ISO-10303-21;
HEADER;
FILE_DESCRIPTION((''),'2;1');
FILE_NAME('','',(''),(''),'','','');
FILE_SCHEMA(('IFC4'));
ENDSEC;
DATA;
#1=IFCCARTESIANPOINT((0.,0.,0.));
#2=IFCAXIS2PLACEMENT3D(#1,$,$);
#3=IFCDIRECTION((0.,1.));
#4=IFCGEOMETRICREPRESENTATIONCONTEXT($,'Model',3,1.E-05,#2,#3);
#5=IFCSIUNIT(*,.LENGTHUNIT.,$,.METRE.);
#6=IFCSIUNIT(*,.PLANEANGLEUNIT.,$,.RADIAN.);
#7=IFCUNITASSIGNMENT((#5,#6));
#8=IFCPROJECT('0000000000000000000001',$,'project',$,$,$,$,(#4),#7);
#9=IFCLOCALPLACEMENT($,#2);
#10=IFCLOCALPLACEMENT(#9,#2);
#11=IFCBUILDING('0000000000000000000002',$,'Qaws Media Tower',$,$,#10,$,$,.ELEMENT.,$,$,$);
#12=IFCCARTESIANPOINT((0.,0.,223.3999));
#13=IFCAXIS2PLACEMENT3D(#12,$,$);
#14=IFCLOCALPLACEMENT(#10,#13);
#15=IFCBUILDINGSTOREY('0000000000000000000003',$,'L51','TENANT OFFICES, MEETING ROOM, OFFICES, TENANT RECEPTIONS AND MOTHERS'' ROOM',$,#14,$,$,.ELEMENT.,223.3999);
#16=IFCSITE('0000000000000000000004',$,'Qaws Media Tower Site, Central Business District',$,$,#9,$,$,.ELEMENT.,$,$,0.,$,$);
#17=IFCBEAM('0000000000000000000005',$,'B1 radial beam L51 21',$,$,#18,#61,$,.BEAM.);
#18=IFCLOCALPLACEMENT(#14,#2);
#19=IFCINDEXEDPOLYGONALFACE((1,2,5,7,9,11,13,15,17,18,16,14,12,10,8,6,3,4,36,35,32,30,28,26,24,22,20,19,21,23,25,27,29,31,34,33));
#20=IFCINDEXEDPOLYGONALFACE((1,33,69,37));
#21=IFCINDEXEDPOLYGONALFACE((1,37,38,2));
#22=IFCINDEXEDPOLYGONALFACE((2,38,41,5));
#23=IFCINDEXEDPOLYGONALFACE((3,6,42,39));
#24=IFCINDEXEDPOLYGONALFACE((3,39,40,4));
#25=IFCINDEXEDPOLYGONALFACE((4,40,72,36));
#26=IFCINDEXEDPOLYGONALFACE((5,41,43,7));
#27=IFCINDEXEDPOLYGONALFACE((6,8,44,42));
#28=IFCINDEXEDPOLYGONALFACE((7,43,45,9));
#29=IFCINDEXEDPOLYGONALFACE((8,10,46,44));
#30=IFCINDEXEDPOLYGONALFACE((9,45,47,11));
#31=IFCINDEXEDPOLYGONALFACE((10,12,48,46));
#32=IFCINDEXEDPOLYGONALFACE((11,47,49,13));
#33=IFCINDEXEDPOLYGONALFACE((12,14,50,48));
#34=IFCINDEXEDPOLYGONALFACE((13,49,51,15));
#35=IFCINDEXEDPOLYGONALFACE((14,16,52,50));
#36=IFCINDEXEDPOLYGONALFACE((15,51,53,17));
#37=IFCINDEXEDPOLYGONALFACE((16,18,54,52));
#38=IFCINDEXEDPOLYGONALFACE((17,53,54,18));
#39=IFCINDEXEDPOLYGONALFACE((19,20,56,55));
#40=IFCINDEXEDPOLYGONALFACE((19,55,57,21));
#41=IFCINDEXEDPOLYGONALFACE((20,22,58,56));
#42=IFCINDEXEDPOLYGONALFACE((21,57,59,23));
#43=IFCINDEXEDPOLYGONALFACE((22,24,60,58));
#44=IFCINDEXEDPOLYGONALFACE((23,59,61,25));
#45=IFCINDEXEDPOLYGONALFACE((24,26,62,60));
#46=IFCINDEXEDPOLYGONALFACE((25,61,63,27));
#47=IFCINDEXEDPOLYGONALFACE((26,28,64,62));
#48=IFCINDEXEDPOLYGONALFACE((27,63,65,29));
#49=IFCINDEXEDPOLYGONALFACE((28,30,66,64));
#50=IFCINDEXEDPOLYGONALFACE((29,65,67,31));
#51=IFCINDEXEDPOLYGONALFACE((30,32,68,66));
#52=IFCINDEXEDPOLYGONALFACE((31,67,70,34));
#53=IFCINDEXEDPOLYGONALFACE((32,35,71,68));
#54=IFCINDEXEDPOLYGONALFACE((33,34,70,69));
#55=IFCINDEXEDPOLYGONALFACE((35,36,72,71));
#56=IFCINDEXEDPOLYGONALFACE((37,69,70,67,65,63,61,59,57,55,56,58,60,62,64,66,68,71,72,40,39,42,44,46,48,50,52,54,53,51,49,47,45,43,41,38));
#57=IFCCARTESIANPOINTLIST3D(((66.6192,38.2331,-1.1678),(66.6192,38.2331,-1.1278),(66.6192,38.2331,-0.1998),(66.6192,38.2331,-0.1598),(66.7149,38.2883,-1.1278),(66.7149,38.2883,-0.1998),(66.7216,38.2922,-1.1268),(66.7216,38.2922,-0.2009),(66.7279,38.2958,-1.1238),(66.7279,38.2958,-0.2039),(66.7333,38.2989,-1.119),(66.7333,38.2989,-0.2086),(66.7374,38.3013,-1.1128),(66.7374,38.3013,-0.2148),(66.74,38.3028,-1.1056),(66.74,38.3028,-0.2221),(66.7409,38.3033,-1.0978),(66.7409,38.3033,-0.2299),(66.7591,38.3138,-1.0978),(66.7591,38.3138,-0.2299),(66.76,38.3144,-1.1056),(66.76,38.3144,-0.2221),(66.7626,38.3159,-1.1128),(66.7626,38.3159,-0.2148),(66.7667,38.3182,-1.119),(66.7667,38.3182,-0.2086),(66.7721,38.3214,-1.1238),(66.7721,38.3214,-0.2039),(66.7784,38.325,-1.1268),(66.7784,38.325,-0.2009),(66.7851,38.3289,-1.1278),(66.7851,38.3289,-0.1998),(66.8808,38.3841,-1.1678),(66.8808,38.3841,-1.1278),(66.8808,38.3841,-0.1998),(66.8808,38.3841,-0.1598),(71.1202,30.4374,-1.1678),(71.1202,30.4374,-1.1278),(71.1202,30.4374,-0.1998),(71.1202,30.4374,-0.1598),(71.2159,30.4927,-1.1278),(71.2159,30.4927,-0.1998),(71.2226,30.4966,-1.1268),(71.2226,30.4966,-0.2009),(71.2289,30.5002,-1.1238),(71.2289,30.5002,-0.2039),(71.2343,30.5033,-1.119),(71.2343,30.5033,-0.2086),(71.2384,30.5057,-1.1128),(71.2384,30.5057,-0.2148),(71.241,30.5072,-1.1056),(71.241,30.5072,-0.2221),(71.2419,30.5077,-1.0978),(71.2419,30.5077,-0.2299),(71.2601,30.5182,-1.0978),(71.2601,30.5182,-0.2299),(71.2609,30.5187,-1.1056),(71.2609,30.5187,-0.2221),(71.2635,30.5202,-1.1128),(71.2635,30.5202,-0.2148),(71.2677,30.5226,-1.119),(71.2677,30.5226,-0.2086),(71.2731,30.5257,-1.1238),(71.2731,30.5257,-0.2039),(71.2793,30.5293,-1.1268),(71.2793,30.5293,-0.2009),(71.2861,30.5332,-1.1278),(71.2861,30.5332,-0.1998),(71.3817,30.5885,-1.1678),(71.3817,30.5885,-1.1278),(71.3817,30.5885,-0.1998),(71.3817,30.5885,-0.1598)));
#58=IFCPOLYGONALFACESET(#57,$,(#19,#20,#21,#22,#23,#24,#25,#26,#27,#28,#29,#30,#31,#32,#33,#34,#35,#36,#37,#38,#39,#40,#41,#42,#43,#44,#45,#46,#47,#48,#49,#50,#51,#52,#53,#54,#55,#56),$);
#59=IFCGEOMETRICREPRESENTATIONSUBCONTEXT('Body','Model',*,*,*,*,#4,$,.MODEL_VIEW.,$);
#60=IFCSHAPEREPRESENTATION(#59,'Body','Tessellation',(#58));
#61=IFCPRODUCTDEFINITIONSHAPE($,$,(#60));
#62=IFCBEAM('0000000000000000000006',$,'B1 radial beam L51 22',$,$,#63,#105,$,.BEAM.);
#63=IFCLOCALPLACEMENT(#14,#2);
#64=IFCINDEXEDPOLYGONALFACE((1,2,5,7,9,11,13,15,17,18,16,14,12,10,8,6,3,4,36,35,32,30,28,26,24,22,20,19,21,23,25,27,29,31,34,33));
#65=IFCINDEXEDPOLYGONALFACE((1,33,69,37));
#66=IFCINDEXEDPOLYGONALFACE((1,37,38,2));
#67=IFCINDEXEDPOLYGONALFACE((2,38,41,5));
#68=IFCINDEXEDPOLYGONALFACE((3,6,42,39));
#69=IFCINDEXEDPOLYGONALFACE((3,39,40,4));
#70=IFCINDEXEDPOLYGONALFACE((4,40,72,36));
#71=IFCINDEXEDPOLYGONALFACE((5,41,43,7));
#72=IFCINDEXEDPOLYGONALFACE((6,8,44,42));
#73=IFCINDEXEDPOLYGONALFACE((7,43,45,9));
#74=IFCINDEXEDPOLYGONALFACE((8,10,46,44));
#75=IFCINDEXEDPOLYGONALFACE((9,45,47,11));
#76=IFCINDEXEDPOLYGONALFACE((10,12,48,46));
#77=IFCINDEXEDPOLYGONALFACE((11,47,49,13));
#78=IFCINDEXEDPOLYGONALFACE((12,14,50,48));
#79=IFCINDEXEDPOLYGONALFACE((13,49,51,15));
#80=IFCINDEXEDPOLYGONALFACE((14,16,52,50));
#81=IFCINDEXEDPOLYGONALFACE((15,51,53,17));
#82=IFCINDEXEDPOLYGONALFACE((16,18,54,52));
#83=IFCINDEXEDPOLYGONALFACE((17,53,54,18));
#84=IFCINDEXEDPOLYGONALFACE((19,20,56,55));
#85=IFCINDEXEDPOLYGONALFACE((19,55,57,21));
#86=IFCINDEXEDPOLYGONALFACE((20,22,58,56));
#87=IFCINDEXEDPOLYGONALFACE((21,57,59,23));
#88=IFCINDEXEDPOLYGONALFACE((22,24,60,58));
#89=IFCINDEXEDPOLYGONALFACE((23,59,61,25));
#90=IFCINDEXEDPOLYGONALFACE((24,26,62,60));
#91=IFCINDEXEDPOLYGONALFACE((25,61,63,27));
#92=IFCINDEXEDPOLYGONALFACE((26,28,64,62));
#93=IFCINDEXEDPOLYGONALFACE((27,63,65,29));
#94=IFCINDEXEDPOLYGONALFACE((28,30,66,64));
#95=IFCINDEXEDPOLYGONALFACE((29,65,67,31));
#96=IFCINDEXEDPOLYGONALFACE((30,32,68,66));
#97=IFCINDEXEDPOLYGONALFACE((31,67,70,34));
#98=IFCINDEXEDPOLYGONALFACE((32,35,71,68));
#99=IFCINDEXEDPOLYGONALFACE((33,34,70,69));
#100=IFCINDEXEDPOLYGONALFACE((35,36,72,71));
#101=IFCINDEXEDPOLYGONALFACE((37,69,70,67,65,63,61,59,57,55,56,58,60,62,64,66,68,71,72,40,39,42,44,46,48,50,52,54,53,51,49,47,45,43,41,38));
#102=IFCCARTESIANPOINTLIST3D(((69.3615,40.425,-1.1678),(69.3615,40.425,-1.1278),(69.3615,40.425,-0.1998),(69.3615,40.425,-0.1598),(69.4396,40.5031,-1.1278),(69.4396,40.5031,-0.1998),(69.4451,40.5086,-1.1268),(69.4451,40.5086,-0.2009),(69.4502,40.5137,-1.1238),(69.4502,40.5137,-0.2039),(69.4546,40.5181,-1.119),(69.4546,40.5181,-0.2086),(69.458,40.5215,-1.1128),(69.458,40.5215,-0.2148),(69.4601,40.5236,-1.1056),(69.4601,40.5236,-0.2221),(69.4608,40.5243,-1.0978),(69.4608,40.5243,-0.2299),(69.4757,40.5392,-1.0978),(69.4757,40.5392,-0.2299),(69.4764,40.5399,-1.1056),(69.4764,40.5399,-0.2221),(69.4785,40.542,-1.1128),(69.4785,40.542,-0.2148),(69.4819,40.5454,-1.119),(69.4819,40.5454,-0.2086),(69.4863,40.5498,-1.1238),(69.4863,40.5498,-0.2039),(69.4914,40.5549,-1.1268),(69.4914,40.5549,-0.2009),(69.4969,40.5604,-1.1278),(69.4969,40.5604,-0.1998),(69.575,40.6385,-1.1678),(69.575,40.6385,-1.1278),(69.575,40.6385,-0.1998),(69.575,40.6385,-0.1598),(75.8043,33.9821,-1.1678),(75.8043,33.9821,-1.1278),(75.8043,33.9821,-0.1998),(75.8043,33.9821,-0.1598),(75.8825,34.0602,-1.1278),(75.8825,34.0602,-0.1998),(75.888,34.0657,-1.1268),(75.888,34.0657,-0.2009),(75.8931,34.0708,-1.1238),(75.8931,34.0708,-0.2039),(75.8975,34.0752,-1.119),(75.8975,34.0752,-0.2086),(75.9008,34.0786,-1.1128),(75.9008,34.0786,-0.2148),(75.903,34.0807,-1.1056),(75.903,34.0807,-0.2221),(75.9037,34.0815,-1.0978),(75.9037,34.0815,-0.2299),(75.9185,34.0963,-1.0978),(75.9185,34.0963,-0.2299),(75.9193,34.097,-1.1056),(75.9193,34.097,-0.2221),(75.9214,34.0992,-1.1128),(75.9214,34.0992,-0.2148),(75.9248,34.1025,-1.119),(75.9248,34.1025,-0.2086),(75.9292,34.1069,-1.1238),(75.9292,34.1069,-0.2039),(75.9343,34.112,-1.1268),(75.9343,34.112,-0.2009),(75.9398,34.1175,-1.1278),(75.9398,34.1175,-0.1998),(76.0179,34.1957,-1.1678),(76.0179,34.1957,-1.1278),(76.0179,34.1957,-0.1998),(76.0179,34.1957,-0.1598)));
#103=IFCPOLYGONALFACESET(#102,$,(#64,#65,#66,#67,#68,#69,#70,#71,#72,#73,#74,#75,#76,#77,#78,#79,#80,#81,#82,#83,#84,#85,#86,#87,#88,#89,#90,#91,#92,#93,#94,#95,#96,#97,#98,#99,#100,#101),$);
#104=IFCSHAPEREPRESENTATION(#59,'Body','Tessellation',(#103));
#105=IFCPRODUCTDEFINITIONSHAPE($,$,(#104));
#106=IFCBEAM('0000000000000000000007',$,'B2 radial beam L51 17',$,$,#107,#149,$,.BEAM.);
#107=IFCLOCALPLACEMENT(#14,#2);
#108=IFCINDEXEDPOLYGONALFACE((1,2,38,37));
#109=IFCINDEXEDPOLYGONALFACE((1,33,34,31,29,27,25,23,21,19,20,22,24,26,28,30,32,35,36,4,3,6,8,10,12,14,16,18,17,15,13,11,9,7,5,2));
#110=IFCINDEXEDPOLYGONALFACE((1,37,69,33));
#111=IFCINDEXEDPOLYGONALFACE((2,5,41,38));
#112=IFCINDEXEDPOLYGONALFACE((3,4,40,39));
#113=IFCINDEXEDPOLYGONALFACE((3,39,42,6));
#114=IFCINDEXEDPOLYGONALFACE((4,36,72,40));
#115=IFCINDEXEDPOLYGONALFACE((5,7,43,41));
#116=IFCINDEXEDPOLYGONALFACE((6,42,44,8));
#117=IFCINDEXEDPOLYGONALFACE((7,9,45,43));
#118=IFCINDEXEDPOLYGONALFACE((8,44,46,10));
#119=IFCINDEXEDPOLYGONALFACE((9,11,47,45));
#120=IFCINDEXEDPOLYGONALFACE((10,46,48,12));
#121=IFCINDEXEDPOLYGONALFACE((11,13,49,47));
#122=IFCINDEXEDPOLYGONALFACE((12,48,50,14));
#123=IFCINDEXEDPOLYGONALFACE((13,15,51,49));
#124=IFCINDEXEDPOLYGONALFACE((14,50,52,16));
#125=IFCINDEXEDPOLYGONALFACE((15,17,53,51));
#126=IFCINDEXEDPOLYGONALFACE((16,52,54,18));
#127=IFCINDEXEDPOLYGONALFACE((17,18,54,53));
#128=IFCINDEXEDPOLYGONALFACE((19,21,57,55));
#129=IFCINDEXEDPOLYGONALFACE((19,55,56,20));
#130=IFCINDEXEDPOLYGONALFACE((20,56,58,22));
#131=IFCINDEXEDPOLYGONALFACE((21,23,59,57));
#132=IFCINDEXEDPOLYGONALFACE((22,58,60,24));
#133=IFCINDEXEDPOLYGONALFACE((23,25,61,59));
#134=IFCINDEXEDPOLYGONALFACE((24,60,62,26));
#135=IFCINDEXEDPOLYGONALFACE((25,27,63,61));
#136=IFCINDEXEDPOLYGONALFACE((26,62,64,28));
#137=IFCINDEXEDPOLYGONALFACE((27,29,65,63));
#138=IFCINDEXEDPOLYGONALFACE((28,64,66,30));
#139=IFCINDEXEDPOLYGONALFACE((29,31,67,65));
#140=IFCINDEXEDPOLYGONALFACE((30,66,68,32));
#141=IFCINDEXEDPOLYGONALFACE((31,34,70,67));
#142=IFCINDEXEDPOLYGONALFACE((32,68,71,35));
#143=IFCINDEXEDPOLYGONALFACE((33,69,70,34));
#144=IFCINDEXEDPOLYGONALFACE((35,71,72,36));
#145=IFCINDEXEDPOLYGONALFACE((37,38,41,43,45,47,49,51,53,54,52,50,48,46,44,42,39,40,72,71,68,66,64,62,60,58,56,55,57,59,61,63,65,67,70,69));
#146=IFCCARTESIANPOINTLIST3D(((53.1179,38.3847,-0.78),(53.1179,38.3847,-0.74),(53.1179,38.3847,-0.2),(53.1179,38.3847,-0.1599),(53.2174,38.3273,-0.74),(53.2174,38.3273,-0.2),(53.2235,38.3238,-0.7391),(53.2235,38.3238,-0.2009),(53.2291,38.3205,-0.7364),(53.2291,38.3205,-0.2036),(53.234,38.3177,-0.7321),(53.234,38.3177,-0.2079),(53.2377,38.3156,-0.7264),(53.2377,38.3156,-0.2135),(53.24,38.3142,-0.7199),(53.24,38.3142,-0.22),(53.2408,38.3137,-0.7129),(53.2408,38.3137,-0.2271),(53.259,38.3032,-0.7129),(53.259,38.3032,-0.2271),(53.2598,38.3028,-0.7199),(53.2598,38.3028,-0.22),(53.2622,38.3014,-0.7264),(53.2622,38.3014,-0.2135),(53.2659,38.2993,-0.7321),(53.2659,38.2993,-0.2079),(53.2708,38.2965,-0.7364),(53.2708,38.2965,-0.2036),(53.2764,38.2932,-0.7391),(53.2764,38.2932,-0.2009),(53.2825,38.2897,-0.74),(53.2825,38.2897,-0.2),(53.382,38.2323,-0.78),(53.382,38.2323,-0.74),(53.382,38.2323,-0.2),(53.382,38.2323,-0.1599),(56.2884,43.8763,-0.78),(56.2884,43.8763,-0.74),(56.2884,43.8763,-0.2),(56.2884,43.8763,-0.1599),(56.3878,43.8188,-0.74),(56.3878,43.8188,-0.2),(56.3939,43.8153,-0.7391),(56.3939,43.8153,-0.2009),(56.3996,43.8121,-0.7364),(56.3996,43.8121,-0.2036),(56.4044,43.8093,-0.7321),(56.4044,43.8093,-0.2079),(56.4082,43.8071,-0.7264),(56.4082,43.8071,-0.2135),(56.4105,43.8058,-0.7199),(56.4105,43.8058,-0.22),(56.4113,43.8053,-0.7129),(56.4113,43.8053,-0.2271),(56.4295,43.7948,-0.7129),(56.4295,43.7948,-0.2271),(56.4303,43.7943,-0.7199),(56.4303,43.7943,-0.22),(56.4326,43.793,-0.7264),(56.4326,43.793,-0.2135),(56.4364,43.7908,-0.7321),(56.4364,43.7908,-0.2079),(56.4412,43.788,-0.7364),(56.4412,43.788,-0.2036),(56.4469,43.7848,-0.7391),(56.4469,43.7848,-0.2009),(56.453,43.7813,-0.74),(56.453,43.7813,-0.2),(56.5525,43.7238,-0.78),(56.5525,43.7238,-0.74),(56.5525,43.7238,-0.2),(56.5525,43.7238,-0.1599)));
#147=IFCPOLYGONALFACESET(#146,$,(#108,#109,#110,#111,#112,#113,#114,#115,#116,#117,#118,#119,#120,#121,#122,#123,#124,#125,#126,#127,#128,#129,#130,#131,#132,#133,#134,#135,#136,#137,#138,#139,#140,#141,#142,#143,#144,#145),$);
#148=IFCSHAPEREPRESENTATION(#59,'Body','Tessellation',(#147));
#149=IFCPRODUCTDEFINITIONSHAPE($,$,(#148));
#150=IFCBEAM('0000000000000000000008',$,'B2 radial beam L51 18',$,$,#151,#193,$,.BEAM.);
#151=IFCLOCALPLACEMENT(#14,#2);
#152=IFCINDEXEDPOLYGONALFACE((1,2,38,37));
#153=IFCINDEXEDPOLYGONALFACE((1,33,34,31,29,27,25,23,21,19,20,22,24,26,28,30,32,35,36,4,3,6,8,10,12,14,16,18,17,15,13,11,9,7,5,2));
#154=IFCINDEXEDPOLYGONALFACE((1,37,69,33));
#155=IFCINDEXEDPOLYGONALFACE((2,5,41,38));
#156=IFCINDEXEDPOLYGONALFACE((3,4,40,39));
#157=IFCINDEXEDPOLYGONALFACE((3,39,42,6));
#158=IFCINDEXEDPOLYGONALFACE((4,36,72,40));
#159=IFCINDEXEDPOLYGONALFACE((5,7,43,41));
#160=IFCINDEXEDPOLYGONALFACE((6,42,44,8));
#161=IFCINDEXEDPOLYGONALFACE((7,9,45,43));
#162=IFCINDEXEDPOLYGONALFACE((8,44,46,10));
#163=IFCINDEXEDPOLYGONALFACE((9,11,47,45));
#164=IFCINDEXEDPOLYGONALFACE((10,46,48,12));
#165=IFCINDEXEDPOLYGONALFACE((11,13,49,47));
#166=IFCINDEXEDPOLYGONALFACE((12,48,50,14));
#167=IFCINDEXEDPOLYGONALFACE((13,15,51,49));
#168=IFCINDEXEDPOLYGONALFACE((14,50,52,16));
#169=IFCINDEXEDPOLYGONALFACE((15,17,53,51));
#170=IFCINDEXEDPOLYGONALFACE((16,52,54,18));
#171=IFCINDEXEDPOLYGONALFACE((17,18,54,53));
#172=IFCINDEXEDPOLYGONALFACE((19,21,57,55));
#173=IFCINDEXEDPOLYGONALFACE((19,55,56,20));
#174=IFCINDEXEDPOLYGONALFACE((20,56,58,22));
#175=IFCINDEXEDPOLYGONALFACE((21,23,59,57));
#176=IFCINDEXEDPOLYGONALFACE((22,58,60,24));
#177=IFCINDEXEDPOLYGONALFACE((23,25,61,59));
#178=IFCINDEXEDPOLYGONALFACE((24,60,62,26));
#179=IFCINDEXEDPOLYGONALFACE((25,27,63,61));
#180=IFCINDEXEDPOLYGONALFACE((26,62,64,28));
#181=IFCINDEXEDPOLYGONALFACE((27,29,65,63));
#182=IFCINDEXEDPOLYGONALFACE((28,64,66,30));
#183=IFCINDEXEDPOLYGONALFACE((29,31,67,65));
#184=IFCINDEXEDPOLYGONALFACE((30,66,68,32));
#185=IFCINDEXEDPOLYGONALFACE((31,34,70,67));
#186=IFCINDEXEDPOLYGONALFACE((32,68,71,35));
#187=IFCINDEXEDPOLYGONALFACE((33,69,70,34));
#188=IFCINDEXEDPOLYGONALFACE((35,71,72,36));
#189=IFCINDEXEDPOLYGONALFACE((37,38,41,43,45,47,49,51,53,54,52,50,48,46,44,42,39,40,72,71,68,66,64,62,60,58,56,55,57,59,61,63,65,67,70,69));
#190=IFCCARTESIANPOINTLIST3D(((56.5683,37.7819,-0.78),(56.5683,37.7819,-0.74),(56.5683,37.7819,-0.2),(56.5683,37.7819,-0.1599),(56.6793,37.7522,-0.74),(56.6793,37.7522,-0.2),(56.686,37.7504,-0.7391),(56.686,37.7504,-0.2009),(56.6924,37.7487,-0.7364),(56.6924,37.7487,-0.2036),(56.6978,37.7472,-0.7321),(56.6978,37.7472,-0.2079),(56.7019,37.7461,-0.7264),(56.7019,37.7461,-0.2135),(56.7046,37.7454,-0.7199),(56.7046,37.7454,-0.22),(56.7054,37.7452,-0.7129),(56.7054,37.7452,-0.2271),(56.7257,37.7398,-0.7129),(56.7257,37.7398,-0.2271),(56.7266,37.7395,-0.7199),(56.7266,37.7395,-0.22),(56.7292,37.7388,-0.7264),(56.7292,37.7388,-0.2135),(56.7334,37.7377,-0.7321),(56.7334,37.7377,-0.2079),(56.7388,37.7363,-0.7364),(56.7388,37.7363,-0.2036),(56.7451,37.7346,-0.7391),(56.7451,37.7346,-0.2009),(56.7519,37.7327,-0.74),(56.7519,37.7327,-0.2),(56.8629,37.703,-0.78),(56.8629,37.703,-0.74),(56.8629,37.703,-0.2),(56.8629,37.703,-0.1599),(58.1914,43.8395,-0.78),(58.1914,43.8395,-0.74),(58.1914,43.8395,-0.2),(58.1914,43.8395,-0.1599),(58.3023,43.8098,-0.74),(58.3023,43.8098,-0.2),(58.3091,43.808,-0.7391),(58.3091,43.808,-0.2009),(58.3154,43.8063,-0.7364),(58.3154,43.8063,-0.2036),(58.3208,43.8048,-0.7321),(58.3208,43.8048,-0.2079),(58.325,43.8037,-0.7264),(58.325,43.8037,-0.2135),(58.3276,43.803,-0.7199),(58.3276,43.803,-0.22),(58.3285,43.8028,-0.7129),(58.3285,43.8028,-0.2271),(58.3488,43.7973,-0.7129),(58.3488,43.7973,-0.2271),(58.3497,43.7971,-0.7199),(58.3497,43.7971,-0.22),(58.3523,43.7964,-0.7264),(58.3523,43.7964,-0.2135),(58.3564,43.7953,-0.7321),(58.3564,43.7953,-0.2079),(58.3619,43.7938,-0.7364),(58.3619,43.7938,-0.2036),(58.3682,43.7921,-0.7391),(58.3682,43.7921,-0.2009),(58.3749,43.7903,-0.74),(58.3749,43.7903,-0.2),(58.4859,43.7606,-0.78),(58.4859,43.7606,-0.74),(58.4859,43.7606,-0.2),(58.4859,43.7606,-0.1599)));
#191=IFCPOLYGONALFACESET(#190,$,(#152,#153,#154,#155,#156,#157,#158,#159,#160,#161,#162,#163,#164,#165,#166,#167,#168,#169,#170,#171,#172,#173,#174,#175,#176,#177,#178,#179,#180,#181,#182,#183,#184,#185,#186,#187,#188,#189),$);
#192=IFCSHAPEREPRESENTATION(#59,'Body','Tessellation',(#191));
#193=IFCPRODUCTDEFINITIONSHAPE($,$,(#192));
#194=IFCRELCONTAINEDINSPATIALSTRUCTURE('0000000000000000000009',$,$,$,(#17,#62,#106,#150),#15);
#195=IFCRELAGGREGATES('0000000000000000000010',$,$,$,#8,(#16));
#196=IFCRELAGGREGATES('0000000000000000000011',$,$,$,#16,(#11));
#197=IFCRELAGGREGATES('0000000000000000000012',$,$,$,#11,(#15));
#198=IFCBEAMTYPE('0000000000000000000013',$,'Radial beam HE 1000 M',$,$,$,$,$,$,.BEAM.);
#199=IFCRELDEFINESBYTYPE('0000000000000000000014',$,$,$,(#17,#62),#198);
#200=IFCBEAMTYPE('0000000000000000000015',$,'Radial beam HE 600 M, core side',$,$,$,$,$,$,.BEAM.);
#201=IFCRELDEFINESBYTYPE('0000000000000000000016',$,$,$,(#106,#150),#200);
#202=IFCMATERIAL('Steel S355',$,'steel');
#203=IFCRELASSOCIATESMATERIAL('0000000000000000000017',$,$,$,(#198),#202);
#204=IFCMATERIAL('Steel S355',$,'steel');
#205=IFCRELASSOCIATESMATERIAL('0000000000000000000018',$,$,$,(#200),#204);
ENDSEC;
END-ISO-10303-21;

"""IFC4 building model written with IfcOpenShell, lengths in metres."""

from ifc_helpers import new_model, si_unit, direction, frame, origin, origin_2d, place, context, subcontext, project, spatial, i_section, extrude, material, material_profile, profile_set, type_object, element, save


model = new_model("IFC4")

# Units and contexts
model_context = context("Model", 3, precision=1e-05, world=origin(), true_north=direction((0.0, 1.0)))
body_context = subcontext(model_context, "Body", "Model", "MODEL_VIEW")
ifc_project = project(units=[si_unit("LENGTHUNIT", "METRE"), si_unit("PLANEANGLEUNIT", "RADIAN")], contexts=[model_context])

# Site, building, storey
site_placement = place(None, origin())
site = spatial("IfcSite", under=ifc_project, at=site_placement, Name="Qaws Media Tower Site, Central Business District", CompositionType="ELEMENT", RefElevation=0.0)
building_placement = place(site_placement, origin())
building = spatial("IfcBuilding", under=site, at=building_placement, Name="Qaws Media Tower", CompositionType="ELEMENT")
storey_placement = place(building_placement, frame((0.0, 0.0, 223.3999)))
storey = spatial("IfcBuildingStorey", under=building, at=storey_placement, Name="L51", Description="TENANT OFFICES, MEETING ROOM, OFFICES, TENANT RECEPTIONS AND MOTHERS' ROOM", CompositionType="ELEMENT", Elevation=223.3999)

# Beams
ifc_material_1 = material(Name="Steel S355", Category="steel")
ifc_material_profile_1 = material_profile(ifc_material_1, i_section(OverallWidth=0.302, OverallDepth=1.0081, WebThickness=0.021, FlangeThickness=0.04, FilletRadius=0.03, at=origin_2d()), Name="HE 1000 M")
ifc_profile_set_1 = profile_set([ifc_material_profile_1], Name="Steel S355")
beam_type_1 = type_object("IfcBeamType", Name="Radial beam HE 1000 M", PredefinedType="BEAM", material=ifc_profile_set_1)
beam_1_placement = place(storey_placement, frame((66.75, 38.3086, -0.6638), z_axis=(0.500013, -0.866018, 0.0), x_axis=(0.866018, 0.500013, 0.0)))
element("IfcBeam", 1, at=beam_1_placement, inside=storey, type_object=beam_type_1, Name="B1 radial beam L51 21", PredefinedType="BEAM", context=body_context, shape_type="SweptSolid", body=[
    extrude(i_section(OverallWidth=0.302, OverallDepth=1.0081, WebThickness=0.021, FlangeThickness=0.04, FilletRadius=0.03, at=origin_2d()), origin(), (0.0, 0.0, 1.0), 9.0017),
])
beam_2_placement = place(storey_placement, frame((69.4683, 40.5317, -0.6638), z_axis=(0.707107, -0.707107, 0.0), x_axis=(0.707107, 0.707107, 0.0)))
element("IfcBeam", 2, at=beam_2_placement, inside=storey, type_object=beam_type_1, Name="B1 radial beam L51 22", PredefinedType="BEAM", context=body_context, shape_type="SweptSolid", body=[
    extrude(i_section(OverallWidth=0.302, OverallDepth=1.0081, WebThickness=0.021, FlangeThickness=0.04, FilletRadius=0.03, at=origin_2d()), origin(), (0.0, 0.0, 1.0), 9.1116),
])
ifc_material_2 = material(Name="Steel S355", Category="steel")
ifc_material_profile_2 = material_profile(ifc_material_2, i_section(OverallWidth=0.3049, OverallDepth=0.6201, WebThickness=0.021, FlangeThickness=0.04, FilletRadius=0.0271, at=origin_2d()), Name="HE 600 M")
ifc_profile_set_2 = profile_set([ifc_material_profile_2], Name="Steel S355")
beam_type_2 = type_object("IfcBeamType", Name="Radial beam HE 600 M, core side", PredefinedType="BEAM", material=ifc_profile_set_2)
beam_3_placement = place(storey_placement, frame((56.4204, 43.8, -0.47), z_axis=(-0.49999, -0.866031, 0.0), x_axis=(0.866031, -0.49999, 0.0)))
element("IfcBeam", 3, at=beam_3_placement, inside=storey, type_object=beam_type_2, Name="B2 radial beam L51 17", PredefinedType="BEAM", context=body_context, shape_type="SweptSolid", body=[
    extrude(i_section(OverallWidth=0.3049, OverallDepth=0.6201, WebThickness=0.021, FlangeThickness=0.04, FilletRadius=0.0271, at=origin_2d()), origin(), (0.0, 0.0, 1.0), 6.3411),
])
beam_4_placement = place(storey_placement, frame((58.3386, 43.8, -0.47), z_axis=(-0.258806, -0.965929, 0.0), x_axis=(0.965929, -0.258806, 0.0)))
element("IfcBeam", 4, at=beam_4_placement, inside=storey, type_object=beam_type_2, Name="B2 radial beam L51 18", PredefinedType="BEAM", context=body_context, shape_type="SweptSolid", body=[
    extrude(i_section(OverallWidth=0.3049, OverallDepth=0.6201, WebThickness=0.021, FlangeThickness=0.04, FilletRadius=0.0271, at=origin_2d()), origin(), (0.0, 0.0, 1.0), 6.2712),
])

save(model, "model.ifc")
